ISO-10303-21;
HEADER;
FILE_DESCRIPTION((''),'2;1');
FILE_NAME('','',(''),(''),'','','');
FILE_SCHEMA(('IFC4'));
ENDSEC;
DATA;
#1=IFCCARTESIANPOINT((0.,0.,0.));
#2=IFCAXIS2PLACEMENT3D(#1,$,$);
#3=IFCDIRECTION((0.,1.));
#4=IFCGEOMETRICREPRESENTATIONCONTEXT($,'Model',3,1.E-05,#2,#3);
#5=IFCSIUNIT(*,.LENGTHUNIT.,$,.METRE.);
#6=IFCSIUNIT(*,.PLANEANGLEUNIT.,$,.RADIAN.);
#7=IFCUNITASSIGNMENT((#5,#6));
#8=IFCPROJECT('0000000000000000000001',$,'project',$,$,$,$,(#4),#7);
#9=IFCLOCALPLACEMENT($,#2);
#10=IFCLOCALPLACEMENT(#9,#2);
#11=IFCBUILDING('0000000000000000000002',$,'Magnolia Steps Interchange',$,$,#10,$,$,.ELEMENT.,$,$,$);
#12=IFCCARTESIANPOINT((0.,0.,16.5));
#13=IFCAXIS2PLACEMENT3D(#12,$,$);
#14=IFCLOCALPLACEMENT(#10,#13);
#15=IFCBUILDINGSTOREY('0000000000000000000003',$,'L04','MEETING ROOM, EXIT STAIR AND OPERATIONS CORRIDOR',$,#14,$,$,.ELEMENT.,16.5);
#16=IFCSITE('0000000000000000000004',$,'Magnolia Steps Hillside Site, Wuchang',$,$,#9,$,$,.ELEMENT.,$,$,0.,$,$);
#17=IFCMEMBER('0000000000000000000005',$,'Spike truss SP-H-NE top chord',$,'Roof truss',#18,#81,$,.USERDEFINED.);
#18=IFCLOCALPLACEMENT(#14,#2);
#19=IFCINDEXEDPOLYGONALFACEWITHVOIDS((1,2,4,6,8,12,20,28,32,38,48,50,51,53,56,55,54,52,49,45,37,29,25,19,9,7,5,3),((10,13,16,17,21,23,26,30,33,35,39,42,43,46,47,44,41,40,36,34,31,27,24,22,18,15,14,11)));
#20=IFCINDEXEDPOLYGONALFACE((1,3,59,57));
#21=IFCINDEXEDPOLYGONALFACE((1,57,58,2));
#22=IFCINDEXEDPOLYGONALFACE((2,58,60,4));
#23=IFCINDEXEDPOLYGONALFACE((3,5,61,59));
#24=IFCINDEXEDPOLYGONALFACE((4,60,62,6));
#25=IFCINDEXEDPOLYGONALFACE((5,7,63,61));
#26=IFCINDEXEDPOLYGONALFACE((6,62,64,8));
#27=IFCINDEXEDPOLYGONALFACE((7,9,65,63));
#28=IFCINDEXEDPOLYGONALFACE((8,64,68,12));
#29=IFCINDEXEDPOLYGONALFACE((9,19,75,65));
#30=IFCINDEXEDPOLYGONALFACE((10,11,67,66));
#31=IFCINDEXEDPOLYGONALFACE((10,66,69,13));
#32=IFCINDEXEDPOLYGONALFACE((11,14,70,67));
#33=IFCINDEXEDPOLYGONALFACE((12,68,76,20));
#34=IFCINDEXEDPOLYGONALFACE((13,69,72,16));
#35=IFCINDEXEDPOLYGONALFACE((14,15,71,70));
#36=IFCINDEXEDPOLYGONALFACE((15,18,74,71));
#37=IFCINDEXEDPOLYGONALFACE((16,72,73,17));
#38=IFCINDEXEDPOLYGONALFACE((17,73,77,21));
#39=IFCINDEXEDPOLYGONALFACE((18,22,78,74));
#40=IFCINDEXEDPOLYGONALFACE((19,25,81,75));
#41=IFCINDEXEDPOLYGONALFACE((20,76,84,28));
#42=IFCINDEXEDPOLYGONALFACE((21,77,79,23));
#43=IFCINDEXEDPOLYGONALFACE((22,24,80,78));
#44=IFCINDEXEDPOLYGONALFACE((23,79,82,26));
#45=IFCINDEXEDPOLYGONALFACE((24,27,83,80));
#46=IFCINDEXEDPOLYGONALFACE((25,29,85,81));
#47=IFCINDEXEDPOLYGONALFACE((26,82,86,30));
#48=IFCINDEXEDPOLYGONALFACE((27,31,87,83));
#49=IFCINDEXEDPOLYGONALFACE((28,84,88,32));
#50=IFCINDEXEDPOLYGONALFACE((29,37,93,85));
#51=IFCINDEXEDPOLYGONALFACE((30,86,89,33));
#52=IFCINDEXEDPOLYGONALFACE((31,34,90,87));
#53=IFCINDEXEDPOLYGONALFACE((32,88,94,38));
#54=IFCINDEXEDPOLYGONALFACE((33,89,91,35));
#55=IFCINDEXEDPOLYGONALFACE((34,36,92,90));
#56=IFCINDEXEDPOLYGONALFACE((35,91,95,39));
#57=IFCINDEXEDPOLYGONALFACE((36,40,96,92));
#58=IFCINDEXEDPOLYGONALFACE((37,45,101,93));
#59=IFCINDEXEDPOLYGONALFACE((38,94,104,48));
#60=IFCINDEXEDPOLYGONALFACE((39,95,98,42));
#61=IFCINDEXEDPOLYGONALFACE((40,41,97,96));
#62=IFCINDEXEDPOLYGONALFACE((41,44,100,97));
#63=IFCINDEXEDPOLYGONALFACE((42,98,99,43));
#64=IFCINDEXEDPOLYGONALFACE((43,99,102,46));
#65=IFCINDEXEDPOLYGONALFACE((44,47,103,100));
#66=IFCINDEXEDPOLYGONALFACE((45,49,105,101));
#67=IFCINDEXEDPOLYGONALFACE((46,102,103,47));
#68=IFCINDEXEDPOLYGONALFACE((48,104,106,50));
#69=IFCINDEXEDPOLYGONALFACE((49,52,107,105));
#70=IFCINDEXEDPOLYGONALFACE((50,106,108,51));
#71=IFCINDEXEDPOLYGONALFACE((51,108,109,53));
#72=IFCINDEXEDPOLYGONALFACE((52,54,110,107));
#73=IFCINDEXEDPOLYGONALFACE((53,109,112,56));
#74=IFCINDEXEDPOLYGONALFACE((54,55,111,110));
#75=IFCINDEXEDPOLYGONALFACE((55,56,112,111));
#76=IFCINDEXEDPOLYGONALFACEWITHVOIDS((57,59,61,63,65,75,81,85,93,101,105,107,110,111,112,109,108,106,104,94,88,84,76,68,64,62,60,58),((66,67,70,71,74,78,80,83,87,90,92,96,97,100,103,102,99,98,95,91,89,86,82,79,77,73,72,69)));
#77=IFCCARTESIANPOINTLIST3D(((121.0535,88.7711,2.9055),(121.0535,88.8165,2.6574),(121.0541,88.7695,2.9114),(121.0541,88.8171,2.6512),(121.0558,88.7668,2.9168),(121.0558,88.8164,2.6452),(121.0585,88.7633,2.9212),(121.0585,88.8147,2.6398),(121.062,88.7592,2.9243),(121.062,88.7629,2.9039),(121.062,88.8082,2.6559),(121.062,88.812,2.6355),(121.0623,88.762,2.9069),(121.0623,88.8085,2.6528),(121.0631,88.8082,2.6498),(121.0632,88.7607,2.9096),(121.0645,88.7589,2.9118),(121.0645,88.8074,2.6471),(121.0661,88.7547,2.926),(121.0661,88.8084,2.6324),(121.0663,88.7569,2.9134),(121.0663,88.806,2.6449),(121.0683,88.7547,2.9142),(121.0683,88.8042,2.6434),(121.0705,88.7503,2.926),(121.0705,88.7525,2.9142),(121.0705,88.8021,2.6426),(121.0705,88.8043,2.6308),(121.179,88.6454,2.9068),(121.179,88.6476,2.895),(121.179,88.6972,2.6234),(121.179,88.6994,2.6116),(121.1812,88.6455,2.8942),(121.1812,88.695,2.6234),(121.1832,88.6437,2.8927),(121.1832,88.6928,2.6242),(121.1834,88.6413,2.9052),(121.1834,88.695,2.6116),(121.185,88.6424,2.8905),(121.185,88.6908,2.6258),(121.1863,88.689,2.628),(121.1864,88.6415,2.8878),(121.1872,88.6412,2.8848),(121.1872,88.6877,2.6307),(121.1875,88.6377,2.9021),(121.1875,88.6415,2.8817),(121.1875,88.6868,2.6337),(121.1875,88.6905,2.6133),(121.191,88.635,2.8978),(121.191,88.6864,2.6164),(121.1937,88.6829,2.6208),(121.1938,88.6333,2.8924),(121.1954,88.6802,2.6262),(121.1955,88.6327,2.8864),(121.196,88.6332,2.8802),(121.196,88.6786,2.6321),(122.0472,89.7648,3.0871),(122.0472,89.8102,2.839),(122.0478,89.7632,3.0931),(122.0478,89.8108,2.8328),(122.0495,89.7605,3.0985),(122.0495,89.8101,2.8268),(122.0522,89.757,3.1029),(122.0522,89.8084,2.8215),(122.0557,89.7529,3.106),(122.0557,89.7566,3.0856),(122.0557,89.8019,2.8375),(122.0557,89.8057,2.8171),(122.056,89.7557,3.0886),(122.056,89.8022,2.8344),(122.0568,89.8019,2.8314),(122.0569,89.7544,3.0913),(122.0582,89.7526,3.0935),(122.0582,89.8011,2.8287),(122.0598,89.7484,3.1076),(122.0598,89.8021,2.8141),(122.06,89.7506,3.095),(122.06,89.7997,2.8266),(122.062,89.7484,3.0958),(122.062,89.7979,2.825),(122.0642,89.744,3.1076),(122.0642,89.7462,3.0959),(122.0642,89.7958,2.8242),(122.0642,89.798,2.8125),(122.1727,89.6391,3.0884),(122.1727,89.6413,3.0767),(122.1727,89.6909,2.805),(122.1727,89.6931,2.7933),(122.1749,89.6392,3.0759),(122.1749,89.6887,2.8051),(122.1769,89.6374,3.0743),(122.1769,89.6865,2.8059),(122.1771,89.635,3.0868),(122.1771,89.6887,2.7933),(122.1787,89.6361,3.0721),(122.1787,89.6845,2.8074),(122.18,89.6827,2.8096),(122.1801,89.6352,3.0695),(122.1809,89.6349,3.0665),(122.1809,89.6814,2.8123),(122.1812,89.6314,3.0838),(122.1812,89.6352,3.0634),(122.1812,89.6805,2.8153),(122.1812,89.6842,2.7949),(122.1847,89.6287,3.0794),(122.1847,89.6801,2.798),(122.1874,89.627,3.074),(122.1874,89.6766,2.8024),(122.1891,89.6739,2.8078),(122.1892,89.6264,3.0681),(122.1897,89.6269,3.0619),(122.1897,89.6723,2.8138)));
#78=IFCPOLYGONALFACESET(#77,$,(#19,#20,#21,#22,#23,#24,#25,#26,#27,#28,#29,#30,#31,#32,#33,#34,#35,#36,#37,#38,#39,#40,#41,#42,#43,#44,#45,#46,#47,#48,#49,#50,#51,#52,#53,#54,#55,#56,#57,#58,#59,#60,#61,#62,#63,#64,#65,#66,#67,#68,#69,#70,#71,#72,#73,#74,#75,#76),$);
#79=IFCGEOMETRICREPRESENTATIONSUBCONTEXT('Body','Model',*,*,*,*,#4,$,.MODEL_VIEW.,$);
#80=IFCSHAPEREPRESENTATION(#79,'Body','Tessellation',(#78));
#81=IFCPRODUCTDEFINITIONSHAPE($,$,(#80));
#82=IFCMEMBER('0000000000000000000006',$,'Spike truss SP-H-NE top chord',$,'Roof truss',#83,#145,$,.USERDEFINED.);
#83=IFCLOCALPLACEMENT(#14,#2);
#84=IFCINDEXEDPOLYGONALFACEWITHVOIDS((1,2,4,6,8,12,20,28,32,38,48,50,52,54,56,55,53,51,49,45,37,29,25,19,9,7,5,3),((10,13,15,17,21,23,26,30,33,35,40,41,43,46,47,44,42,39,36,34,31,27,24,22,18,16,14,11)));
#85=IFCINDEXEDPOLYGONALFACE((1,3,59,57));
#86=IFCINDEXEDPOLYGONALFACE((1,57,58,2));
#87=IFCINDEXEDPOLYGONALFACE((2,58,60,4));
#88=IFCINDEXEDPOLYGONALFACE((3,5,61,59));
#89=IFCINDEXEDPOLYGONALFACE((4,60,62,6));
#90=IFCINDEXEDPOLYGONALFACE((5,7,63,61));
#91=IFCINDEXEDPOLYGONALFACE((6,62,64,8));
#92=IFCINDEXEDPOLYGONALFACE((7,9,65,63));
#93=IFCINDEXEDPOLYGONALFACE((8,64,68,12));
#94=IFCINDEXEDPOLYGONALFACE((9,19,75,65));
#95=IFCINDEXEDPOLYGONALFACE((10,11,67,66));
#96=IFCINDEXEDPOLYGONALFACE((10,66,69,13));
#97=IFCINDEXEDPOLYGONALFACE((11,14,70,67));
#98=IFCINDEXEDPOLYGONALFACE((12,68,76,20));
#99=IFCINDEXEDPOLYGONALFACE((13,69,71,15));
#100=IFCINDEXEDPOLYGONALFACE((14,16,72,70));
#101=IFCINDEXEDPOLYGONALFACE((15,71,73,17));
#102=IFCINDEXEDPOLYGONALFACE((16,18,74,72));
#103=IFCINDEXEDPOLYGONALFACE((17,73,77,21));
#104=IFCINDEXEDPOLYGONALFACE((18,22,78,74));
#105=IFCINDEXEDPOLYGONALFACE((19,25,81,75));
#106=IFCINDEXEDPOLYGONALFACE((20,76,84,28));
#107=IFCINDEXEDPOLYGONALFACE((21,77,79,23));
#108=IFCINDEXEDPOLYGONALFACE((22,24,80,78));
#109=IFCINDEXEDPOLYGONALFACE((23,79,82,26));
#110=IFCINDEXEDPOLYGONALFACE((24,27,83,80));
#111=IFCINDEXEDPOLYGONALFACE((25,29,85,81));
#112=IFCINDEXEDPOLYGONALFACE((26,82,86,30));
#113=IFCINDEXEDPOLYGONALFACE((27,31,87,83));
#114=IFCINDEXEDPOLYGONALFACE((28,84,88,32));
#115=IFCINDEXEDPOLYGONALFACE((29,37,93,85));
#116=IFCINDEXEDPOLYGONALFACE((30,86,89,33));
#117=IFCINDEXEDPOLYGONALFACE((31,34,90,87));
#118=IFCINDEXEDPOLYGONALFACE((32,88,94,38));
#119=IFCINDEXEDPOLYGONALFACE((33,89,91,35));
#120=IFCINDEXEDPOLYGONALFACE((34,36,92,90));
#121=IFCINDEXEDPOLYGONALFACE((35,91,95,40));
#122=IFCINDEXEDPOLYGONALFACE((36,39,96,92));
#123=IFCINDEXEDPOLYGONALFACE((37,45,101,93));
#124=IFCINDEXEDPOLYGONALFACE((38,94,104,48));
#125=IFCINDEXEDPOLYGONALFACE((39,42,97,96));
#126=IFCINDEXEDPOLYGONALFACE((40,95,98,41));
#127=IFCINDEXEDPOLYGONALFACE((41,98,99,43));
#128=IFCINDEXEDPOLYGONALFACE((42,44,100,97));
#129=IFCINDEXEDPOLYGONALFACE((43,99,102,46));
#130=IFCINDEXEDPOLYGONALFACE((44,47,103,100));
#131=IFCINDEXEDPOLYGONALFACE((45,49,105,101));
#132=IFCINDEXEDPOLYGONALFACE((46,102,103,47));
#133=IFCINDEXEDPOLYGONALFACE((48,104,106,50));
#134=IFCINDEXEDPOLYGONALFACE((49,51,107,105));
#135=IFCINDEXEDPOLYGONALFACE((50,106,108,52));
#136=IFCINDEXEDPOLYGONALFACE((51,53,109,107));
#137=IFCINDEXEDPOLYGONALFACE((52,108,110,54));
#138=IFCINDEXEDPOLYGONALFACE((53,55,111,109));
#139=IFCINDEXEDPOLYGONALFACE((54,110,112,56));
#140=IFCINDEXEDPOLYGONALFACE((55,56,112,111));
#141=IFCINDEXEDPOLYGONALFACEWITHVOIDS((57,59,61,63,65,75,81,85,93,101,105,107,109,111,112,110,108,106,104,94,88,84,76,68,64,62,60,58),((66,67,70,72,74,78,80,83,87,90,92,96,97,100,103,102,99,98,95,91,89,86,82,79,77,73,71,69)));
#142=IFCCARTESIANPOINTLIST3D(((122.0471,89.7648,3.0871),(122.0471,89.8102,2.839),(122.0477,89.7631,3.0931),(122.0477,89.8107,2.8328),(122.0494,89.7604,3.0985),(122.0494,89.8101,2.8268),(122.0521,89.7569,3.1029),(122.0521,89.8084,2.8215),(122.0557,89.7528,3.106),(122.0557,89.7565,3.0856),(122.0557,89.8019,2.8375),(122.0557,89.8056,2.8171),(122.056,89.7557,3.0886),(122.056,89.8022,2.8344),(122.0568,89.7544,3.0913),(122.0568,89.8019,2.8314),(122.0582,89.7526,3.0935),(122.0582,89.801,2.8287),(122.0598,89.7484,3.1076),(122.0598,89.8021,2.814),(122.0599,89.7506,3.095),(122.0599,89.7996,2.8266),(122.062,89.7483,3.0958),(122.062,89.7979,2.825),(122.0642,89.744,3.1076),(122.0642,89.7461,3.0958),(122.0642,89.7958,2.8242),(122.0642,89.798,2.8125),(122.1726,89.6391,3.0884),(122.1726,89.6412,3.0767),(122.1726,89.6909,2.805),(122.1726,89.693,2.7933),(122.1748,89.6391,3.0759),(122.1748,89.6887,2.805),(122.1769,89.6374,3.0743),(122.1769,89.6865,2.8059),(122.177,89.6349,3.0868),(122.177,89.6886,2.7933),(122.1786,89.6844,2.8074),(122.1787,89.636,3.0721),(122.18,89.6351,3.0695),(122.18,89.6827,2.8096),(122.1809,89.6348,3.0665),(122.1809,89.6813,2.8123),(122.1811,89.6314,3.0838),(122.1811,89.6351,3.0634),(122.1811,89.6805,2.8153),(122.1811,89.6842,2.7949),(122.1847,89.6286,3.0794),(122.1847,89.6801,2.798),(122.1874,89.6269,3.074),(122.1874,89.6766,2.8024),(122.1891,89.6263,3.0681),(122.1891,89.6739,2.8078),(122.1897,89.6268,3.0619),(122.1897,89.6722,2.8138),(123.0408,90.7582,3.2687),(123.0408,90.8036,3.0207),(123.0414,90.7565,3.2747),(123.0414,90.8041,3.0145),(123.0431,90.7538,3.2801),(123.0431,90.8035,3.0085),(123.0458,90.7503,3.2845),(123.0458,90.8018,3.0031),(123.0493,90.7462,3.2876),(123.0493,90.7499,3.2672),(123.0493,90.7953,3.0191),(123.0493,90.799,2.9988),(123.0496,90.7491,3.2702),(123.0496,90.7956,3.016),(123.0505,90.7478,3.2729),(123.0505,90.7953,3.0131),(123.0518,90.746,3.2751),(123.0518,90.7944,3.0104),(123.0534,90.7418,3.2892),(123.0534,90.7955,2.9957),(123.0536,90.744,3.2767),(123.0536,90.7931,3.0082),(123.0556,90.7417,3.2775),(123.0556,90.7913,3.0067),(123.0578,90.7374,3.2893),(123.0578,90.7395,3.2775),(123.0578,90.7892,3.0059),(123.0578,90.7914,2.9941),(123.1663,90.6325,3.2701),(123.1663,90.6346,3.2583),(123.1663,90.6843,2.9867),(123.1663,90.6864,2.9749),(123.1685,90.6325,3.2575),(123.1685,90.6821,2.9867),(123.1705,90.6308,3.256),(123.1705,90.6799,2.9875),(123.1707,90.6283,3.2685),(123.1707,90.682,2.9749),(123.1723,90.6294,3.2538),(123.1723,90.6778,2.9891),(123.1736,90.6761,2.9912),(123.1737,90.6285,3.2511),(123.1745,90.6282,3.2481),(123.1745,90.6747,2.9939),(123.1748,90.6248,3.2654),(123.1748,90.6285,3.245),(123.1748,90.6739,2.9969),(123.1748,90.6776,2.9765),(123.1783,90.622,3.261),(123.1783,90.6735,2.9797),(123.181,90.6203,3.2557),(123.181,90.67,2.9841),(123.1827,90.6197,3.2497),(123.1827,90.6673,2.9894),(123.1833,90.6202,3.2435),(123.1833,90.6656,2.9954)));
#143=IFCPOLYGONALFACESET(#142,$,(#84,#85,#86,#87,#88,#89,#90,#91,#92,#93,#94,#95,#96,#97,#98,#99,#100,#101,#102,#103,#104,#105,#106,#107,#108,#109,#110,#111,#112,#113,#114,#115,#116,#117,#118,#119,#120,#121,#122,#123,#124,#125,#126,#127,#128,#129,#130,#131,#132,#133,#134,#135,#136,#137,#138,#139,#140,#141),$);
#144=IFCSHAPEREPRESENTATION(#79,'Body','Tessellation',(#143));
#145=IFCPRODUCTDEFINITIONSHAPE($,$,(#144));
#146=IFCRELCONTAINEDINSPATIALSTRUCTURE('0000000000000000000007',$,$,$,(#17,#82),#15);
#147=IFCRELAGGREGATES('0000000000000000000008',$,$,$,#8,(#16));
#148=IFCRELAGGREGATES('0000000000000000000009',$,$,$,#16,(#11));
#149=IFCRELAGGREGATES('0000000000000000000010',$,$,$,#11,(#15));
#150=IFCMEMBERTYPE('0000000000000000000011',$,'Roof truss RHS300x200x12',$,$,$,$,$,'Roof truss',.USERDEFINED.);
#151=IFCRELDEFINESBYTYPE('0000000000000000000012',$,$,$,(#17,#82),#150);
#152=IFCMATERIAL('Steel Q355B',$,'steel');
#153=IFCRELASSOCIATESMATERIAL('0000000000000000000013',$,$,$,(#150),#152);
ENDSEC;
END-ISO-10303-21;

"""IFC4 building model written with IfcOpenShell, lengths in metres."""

from ifc_helpers import new_model, si_unit, direction, frame, origin, origin_2d, place, context, subcontext, project, spatial, hollow_rectangle, extrude, material, material_profile, profile_set, type_object, element, save


model = new_model("IFC4")

# Units and contexts
model_context = context("Model", 3, precision=1e-05, world=origin(), true_north=direction((0.0, 1.0)))
body_context = subcontext(model_context, "Body", "Model", "MODEL_VIEW")
ifc_project = project(units=[si_unit("LENGTHUNIT", "METRE"), si_unit("PLANEANGLEUNIT", "RADIAN")], contexts=[model_context])

# Site, building, storey
site_placement = place(None, origin())
site = spatial("IfcSite", under=ifc_project, at=site_placement, Name="Magnolia Steps Hillside Site, Wuchang", CompositionType="ELEMENT", RefElevation=0.0)
building_placement = place(site_placement, origin())
building = spatial("IfcBuilding", under=site, at=building_placement, Name="Magnolia Steps Interchange", CompositionType="ELEMENT")
storey_placement = place(building_placement, frame((0.0, 0.0, 16.5)))
storey = spatial("IfcBuildingStorey", under=building, at=storey_placement, Name="L04", Description="MEETING ROOM, EXIT STAIR AND OPERATIONS CORRIDOR", CompositionType="ELEMENT", Elevation=16.5)

# Members
ifc_material_1 = material(Name="Steel Q355B", Category="steel")
ifc_material_profile_1 = material_profile(ifc_material_1, hollow_rectangle(XDim=0.2, YDim=0.3, WallThickness=0.012, InnerFilletRadius=0.012, OuterFilletRadius=0.0239, at=origin_2d()), Name="RHS300x200x12")
ifc_profile_set_1 = profile_set([ifc_material_profile_1], Name="Steel Q355B")
member_type_1 = type_object("IfcMemberType", Name="Roof truss RHS300x200x12", ElementType="Roof truss", PredefinedType="USERDEFINED", material=ifc_profile_set_1)
for number, where, z_axis, x_axis, name in (
    (1, (121.1248, 88.7249, 2.7688), (0.701273, 0.701273, 0.128193), (-0.712893, 0.689826, 0.126188), "Spike truss SP-H-NE top chord"),
):
    element("IfcMember", number, at=place(storey_placement, frame(where, z_axis=z_axis, x_axis=x_axis)), inside=storey, type_object=member_type_1, Name=name, ObjectType="Roof truss", PredefinedType="USERDEFINED", context=body_context, shape_type="SweptSolid", body=[
        extrude(hollow_rectangle(XDim=0.2, YDim=0.3, WallThickness=0.012, InnerFilletRadius=0.012, OuterFilletRadius=0.0239, at=origin_2d()), origin(), (0.0, 0.0, 1.0), 1.417),
    ])
member_1_placement = place(storey_placement, frame((122.1184, 89.7185, 2.9504), z_axis=(0.701357, 0.701185, 0.128209), x_axis=(-0.71281, 0.689912, 0.126188)))
element("IfcMember", 2, at=member_1_placement, inside=storey, type_object=member_type_1, Name="Spike truss SP-H-NE top chord", ObjectType="Roof truss", PredefinedType="USERDEFINED", context=body_context, shape_type="SweptSolid", body=[
    extrude(hollow_rectangle(XDim=0.2, YDim=0.3, WallThickness=0.012, InnerFilletRadius=0.012, OuterFilletRadius=0.0239, at=origin_2d()), origin(), (0.0, 0.0, 1.0), 1.4167),
])

save(model, "model.ifc")
